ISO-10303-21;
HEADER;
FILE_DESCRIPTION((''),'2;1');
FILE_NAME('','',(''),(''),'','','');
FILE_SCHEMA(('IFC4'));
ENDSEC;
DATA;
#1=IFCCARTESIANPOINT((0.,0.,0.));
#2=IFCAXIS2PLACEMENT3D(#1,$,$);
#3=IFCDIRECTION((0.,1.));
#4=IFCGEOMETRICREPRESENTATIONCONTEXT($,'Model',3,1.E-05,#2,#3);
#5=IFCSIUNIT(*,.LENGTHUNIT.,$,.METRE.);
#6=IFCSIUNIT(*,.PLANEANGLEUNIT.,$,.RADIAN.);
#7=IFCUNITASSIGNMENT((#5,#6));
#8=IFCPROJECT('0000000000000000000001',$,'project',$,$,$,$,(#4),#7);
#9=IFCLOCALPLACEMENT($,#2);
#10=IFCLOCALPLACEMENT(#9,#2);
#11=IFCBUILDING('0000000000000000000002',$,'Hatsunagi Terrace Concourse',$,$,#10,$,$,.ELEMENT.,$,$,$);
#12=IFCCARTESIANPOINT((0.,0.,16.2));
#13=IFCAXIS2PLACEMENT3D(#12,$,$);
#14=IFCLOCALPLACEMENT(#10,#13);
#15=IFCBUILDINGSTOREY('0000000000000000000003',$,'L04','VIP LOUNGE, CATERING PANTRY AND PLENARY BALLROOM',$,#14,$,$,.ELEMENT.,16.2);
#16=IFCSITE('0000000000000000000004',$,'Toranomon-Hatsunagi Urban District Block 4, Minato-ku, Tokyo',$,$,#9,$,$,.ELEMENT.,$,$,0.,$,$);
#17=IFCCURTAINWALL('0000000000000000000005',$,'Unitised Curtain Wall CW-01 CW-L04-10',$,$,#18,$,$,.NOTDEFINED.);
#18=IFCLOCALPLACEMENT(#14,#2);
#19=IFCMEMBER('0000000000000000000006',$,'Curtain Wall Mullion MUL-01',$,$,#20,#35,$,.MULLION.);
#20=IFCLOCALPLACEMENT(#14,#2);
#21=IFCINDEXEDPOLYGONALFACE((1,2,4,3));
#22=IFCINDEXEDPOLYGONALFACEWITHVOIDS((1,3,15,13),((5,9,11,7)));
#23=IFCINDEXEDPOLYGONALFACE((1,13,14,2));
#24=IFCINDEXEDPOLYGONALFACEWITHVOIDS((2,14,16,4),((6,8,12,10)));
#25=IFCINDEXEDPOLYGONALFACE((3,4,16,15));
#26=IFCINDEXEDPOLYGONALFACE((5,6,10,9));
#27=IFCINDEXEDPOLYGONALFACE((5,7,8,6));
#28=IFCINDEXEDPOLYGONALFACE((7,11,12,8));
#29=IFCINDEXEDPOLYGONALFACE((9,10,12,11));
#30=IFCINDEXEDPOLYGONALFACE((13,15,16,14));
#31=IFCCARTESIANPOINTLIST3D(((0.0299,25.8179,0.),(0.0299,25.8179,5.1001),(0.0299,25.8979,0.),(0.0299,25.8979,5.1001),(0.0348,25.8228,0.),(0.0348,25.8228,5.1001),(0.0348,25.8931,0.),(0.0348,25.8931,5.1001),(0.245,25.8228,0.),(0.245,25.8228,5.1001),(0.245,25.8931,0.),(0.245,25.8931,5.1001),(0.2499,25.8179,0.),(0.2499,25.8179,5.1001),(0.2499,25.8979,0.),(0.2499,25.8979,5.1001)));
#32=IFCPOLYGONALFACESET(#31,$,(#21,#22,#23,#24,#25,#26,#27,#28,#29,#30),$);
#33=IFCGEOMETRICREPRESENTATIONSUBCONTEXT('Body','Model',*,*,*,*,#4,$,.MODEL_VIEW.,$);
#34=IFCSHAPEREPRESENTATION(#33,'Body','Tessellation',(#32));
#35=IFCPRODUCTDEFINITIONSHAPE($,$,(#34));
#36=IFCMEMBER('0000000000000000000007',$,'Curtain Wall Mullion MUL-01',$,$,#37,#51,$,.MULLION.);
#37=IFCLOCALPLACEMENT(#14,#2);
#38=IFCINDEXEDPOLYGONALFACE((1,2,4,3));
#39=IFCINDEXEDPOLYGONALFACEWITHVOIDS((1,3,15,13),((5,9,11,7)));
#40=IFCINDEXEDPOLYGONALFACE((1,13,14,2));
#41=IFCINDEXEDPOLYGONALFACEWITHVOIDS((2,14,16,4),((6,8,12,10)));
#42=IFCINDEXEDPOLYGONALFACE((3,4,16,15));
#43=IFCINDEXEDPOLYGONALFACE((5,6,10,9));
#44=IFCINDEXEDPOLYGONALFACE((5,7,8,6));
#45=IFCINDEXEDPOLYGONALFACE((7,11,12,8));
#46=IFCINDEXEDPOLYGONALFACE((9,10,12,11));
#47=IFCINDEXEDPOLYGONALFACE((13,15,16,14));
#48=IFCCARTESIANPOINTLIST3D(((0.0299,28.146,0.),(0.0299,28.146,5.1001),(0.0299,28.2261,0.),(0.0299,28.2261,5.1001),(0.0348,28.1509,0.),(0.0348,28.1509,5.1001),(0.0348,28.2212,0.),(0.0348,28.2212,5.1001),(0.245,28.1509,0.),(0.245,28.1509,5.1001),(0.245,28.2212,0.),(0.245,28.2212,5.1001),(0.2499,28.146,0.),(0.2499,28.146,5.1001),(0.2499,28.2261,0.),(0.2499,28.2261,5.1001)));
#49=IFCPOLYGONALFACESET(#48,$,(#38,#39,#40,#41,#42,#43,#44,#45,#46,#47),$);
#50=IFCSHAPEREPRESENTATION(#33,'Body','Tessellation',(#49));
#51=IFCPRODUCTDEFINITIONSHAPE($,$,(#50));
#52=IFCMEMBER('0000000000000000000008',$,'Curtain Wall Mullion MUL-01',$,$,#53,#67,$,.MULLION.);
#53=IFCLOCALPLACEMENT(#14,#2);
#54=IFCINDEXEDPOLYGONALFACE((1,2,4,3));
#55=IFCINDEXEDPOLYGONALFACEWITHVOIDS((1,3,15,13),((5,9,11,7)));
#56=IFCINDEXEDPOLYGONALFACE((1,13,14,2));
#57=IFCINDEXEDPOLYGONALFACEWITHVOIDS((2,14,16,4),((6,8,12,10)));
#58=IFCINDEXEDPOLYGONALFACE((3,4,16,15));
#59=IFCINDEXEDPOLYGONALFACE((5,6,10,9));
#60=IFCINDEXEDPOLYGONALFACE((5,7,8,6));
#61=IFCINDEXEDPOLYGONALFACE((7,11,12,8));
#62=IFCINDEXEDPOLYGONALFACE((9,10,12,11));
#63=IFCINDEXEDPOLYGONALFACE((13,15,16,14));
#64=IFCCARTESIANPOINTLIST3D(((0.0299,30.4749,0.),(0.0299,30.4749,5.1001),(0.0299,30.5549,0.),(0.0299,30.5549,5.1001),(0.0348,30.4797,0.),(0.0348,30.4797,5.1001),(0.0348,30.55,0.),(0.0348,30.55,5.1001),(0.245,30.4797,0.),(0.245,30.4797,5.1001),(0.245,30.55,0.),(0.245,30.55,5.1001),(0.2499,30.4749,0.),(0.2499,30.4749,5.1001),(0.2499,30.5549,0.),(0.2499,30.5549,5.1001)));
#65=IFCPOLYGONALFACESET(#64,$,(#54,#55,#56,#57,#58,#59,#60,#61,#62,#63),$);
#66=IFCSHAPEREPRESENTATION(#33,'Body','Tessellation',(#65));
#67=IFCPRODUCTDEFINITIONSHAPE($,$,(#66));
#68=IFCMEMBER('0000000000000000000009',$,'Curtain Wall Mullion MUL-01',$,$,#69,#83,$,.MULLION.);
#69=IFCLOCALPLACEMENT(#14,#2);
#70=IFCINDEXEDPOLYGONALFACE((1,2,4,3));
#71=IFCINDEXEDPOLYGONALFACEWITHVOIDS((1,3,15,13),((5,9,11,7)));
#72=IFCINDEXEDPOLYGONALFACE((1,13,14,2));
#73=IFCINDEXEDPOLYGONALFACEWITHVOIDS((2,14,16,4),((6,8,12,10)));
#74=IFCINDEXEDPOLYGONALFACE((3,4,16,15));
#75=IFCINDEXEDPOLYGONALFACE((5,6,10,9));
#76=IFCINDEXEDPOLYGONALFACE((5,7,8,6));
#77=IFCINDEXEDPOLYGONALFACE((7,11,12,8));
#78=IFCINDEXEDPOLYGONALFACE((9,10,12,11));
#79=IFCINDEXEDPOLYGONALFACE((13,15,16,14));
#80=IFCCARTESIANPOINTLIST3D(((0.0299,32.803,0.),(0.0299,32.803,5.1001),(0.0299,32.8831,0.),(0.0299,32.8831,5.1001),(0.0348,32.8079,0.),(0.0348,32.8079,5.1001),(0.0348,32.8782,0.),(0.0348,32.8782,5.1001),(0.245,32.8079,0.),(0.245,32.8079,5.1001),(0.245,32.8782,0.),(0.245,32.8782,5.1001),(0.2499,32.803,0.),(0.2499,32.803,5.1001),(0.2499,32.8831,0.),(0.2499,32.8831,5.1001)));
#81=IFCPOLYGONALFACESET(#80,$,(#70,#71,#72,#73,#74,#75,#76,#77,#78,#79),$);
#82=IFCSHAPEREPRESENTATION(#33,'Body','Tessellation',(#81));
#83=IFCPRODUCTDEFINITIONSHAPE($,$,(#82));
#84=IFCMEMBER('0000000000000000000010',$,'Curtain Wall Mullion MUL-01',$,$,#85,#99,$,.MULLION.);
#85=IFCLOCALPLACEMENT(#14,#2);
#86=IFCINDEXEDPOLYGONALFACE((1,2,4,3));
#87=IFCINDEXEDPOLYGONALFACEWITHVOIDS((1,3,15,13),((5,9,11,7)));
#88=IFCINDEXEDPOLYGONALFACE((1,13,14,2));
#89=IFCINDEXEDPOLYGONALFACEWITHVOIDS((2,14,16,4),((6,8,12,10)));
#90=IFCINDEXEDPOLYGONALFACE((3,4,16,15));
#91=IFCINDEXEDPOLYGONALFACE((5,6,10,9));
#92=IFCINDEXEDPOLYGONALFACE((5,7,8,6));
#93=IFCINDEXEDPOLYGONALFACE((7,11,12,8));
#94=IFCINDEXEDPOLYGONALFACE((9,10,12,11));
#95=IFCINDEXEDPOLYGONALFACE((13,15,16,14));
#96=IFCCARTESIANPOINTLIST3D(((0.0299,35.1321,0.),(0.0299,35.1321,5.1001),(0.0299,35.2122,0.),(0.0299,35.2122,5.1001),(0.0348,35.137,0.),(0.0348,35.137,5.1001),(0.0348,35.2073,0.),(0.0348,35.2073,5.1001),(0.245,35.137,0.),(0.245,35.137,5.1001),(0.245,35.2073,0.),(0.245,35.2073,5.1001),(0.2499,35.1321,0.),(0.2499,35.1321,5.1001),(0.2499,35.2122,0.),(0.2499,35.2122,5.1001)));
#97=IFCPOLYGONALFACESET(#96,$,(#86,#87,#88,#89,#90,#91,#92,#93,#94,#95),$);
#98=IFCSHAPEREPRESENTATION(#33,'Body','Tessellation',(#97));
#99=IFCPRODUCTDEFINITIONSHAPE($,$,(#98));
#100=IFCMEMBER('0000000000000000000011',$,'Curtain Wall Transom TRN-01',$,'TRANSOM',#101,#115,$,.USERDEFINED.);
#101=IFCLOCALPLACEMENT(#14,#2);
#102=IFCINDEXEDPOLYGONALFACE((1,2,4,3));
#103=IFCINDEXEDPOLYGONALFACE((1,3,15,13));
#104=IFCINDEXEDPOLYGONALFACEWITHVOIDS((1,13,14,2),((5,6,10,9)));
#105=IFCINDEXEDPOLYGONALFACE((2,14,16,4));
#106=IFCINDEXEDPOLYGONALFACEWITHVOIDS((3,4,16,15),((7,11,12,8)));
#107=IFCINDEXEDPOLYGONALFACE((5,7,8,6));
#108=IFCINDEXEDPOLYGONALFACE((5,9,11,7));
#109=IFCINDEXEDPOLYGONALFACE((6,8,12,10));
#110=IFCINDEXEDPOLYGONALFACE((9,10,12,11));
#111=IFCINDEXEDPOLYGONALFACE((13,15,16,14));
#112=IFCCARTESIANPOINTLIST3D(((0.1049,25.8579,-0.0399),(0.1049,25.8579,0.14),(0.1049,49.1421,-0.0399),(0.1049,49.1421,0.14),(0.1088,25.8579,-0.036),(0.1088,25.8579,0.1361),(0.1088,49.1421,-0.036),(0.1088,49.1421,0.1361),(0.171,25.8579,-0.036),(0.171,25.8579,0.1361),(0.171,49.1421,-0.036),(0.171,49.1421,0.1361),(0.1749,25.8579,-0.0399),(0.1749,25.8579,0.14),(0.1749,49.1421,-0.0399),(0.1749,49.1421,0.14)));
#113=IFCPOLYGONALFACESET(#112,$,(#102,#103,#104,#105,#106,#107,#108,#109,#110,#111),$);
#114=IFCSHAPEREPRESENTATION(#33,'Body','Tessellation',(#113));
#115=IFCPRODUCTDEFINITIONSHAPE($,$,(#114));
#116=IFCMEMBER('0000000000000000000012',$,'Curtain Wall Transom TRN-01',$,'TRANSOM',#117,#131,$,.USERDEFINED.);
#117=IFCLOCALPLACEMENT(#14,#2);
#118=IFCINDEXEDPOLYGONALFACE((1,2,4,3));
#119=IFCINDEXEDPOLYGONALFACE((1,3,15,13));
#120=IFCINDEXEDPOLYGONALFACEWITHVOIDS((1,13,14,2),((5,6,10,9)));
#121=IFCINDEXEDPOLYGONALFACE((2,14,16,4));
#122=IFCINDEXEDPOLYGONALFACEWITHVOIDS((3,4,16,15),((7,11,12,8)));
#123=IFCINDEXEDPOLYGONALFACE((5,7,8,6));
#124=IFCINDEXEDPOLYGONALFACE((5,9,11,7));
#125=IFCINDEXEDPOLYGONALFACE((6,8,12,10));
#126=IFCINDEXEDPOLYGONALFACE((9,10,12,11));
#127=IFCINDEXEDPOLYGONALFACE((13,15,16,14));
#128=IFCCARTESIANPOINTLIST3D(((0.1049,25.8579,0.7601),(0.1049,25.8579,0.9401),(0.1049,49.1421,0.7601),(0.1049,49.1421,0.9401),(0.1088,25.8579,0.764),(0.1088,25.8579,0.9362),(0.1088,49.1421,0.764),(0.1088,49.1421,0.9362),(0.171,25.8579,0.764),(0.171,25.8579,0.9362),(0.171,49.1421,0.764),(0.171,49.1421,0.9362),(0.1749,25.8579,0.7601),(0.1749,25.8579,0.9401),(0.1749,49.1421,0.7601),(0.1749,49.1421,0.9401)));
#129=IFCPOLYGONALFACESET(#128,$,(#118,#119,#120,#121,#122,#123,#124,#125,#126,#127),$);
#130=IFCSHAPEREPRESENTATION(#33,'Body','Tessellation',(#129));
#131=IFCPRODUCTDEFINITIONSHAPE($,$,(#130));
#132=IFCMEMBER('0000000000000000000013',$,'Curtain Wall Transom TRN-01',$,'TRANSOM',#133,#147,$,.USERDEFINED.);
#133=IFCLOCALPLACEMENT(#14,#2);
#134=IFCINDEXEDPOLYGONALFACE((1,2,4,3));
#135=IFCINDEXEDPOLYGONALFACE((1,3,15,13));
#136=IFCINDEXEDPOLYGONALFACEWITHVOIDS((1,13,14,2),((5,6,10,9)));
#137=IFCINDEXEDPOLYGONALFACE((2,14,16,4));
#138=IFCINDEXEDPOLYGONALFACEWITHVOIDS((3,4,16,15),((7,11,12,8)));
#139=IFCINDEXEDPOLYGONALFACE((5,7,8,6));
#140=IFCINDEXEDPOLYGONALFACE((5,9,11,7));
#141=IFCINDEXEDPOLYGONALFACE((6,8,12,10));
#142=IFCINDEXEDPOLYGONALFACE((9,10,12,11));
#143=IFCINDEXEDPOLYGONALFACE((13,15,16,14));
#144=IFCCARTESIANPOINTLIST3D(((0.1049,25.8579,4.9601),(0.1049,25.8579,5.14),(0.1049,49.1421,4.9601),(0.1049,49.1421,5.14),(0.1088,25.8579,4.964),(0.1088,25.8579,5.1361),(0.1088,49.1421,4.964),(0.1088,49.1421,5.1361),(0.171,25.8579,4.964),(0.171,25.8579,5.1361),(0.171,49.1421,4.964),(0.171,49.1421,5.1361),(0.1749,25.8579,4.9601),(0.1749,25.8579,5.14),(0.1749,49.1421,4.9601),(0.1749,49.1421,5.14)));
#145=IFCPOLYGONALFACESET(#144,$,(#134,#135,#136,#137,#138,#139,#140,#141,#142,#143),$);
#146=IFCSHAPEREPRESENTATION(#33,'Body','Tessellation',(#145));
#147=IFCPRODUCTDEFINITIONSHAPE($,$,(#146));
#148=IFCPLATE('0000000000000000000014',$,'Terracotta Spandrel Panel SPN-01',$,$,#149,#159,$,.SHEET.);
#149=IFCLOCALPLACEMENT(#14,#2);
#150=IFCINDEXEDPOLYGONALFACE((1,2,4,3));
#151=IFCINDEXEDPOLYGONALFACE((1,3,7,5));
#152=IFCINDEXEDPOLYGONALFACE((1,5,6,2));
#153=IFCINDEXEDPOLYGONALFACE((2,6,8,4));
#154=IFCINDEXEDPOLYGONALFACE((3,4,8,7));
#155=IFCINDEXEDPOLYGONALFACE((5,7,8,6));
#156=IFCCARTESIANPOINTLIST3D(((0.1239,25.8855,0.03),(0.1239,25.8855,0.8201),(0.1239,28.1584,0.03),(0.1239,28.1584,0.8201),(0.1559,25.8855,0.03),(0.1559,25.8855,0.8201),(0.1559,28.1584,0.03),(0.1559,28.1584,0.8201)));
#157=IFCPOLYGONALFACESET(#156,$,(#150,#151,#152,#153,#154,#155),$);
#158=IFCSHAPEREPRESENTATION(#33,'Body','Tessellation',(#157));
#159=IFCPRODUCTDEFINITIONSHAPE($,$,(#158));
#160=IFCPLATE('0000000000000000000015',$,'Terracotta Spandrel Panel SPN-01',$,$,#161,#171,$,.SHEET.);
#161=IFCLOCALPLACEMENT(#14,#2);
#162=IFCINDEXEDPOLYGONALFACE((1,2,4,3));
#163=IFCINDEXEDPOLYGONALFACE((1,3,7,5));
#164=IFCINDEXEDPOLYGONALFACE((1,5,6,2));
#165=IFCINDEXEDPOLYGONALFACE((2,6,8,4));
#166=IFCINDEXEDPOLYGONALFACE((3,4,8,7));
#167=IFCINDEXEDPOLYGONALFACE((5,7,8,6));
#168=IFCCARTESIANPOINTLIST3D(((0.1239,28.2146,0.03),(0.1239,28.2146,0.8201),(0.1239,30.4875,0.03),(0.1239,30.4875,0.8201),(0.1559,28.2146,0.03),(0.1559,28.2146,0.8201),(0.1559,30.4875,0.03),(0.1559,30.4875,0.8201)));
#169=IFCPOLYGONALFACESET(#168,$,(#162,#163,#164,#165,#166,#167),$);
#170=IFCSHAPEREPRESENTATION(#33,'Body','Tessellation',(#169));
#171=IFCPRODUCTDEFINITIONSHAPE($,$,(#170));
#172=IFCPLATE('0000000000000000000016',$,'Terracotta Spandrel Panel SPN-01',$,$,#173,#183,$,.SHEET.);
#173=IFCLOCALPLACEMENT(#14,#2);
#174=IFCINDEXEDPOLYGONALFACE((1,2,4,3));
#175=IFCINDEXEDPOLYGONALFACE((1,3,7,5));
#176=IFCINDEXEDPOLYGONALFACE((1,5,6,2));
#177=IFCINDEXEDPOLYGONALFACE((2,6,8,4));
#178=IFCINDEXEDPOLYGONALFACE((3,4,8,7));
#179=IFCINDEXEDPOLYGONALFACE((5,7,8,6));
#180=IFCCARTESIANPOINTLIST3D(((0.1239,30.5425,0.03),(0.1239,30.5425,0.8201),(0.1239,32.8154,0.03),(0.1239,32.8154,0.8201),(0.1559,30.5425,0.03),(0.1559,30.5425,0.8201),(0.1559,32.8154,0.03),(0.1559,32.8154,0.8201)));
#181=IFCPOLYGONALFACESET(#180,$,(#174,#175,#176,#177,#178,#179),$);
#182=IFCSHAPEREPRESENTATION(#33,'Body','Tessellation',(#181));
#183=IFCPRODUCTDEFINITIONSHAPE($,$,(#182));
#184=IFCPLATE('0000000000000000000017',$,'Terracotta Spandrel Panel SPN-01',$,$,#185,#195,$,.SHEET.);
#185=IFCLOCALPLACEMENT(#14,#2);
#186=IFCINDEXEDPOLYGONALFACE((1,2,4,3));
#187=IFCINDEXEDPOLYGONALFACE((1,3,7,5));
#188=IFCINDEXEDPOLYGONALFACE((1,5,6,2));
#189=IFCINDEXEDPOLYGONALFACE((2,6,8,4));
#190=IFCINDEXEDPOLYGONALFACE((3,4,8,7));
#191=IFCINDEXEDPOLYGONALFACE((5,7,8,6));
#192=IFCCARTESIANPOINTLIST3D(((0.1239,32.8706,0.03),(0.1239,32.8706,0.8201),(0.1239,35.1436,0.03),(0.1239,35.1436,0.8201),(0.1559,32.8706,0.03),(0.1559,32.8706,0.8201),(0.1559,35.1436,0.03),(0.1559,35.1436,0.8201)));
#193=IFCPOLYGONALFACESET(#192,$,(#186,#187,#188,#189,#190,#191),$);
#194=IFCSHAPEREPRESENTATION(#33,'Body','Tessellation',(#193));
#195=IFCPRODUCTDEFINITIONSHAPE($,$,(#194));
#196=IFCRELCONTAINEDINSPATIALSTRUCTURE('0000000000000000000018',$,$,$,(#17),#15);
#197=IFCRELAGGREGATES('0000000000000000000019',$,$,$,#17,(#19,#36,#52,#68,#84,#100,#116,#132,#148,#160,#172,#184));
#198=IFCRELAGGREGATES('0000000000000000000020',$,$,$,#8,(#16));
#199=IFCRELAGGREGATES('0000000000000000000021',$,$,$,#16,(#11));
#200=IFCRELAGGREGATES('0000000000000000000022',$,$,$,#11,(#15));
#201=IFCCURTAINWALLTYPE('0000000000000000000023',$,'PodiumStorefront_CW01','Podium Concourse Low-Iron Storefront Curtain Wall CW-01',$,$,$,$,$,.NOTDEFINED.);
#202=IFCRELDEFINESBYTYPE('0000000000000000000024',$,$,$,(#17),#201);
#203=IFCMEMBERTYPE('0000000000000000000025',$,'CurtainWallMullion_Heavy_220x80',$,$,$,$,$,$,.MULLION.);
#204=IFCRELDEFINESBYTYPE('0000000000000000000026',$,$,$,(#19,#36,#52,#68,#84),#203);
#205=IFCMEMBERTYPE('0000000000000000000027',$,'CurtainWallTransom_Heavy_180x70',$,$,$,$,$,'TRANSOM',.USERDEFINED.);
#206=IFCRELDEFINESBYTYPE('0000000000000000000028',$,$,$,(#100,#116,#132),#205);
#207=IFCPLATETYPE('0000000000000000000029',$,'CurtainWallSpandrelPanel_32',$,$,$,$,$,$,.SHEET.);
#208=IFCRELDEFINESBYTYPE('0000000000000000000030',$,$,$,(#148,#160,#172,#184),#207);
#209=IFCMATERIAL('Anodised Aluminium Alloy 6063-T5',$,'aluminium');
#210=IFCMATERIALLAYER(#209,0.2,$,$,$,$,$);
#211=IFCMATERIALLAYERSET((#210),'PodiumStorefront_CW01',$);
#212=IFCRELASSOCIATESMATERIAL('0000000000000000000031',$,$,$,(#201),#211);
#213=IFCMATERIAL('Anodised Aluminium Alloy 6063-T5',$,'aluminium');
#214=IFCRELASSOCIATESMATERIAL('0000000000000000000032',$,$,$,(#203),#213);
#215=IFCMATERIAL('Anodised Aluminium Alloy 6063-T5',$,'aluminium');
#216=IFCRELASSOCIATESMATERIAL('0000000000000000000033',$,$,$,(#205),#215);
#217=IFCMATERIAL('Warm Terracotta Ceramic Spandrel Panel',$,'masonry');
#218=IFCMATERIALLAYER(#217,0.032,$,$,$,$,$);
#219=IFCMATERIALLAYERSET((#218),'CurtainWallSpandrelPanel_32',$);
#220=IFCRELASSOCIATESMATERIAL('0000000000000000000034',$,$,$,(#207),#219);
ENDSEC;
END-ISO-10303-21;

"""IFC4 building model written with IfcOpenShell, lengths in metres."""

from ifc_helpers import new_model, si_unit, direction, frame, origin, origin_2d, place, context, subcontext, project, spatial, rectangle, hollow_rectangle, extrude, material, layer, layer_set, material_profile, profile_set, type_object, element, aggregate, save


model = new_model("IFC4")

# Units and contexts
model_context = context("Model", 3, precision=1e-05, world=origin(), true_north=direction((0.0, 1.0)))
body_context = subcontext(model_context, "Body", "Model", "MODEL_VIEW")
ifc_project = project(units=[si_unit("LENGTHUNIT", "METRE"), si_unit("PLANEANGLEUNIT", "RADIAN")], contexts=[model_context])

# Site, building, storey
site_placement = place(None, origin())
site = spatial("IfcSite", under=ifc_project, at=site_placement, Name="Toranomon-Hatsunagi Urban District Block 4, Minato-ku, Tokyo", CompositionType="ELEMENT", RefElevation=0.0)
building_placement = place(site_placement, origin())
building = spatial("IfcBuilding", under=site, at=building_placement, Name="Hatsunagi Terrace Concourse", CompositionType="ELEMENT")
storey_placement = place(building_placement, frame((0.0, 0.0, 16.2)))
storey = spatial("IfcBuildingStorey", under=building, at=storey_placement, Name="L04", Description="VIP LOUNGE, CATERING PANTRY AND PLENARY BALLROOM", CompositionType="ELEMENT", Elevation=16.2)

# Curtain wall, members, plates
ifc_material_1 = material(Name="Anodised Aluminium Alloy 6063-T5", Category="aluminium")
ifc_layer_1 = layer(ifc_material_1, 0.2)
ifc_layer_set_1 = layer_set([ifc_layer_1], Name="PodiumStorefront_CW01")
curtain_wall_type = type_object("IfcCurtainWallType", Name="PodiumStorefront_CW01", Description="Podium Concourse Low-Iron Storefront Curtain Wall CW-01", PredefinedType="NOTDEFINED", material=ifc_layer_set_1)
curtain_wall_placement = place(storey_placement, origin())
curtain_wall = element("IfcCurtainWall", 1, at=curtain_wall_placement, inside=storey, type_object=curtain_wall_type, Name="Unitised Curtain Wall CW-01 CW-L04-10", PredefinedType="NOTDEFINED")
ifc_material_2 = material(Name="Anodised Aluminium Alloy 6063-T5", Category="aluminium")
ifc_material_profile_1 = material_profile(ifc_material_2, hollow_rectangle(XDim=0.0801, YDim=0.22, WallThickness=0.0049, at=origin_2d()), Name="ALU-MUL-220x80x5")
ifc_profile_set_1 = profile_set([ifc_material_profile_1], Name="Anodised Aluminium Alloy 6063-T5")
member_type_1 = type_object("IfcMemberType", Name="CurtainWallMullion_Heavy_220x80", PredefinedType="MULLION", material=ifc_profile_set_1)
member_1_placement = place(storey_placement, frame((0.1399, 25.8579, 0.0), z_axis=(0.0, 0.0, 1.0), x_axis=(0.0, 1.0, 0.0)))
member_1 = element("IfcMember", 2, at=member_1_placement, type_object=member_type_1, Name="Curtain Wall Mullion MUL-01", PredefinedType="MULLION", context=body_context, shape_type="SweptSolid", body=[
    extrude(hollow_rectangle(XDim=0.0801, YDim=0.22, WallThickness=0.0049, at=origin_2d()), origin(), (0.0, 0.0, 1.0), 5.1001),
])
member_2_placement = place(storey_placement, frame((0.1399, 28.186, 0.0), z_axis=(0.0, 0.0, 1.0), x_axis=(0.0, 1.0, 0.0)))
member_2 = element("IfcMember", 3, at=member_2_placement, type_object=member_type_1, Name="Curtain Wall Mullion MUL-01", PredefinedType="MULLION", context=body_context, shape_type="SweptSolid", body=[
    extrude(hollow_rectangle(XDim=0.0801, YDim=0.22, WallThickness=0.0049, at=origin_2d()), origin(), (0.0, 0.0, 1.0), 5.1001),
])
member_3_placement = place(storey_placement, frame((0.1399, 30.5149, 0.0), z_axis=(0.0, 0.0, 1.0), x_axis=(0.0, 1.0, 0.0)))
member_3 = element("IfcMember", 4, at=member_3_placement, type_object=member_type_1, Name="Curtain Wall Mullion MUL-01", PredefinedType="MULLION", context=body_context, shape_type="SweptSolid", body=[
    extrude(hollow_rectangle(XDim=0.0801, YDim=0.22, WallThickness=0.0049, at=origin_2d()), origin(), (0.0, 0.0, 1.0), 5.1001),
])
member_4_placement = place(storey_placement, frame((0.1399, 32.843, 0.0), z_axis=(0.0, 0.0, 1.0), x_axis=(0.0, 1.0, 0.0)))
member_4 = element("IfcMember", 5, at=member_4_placement, type_object=member_type_1, Name="Curtain Wall Mullion MUL-01", PredefinedType="MULLION", context=body_context, shape_type="SweptSolid", body=[
    extrude(hollow_rectangle(XDim=0.0801, YDim=0.22, WallThickness=0.0049, at=origin_2d()), origin(), (0.0, 0.0, 1.0), 5.1001),
])
member_5_placement = place(storey_placement, frame((0.1399, 35.1721, 0.0), z_axis=(0.0, 0.0, 1.0), x_axis=(0.0, 1.0, 0.0)))
member_5 = element("IfcMember", 6, at=member_5_placement, type_object=member_type_1, Name="Curtain Wall Mullion MUL-01", PredefinedType="MULLION", context=body_context, shape_type="SweptSolid", body=[
    extrude(hollow_rectangle(XDim=0.0801, YDim=0.22, WallThickness=0.0049, at=origin_2d()), origin(), (0.0, 0.0, 1.0), 5.1001),
])
ifc_material_3 = material(Name="Anodised Aluminium Alloy 6063-T5", Category="aluminium")
ifc_material_profile_2 = material_profile(ifc_material_3, hollow_rectangle(XDim=0.0701, YDim=0.1799, WallThickness=0.0039, at=origin_2d()), Name="ALU-TRN-180x70x4")
ifc_profile_set_2 = profile_set([ifc_material_profile_2], Name="Anodised Aluminium Alloy 6063-T5")
member_type_2 = type_object("IfcMemberType", Name="CurtainWallTransom_Heavy_180x70", ElementType="TRANSOM", PredefinedType="USERDEFINED", material=ifc_profile_set_2)
member_6_placement = place(storey_placement, frame((0.1399, 25.8579, 0.05), z_axis=(0.0, 1.0, 0.0), x_axis=(-1.0, 0.0, 0.0)))
member_6 = element("IfcMember", 7, at=member_6_placement, type_object=member_type_2, Name="Curtain Wall Transom TRN-01", ObjectType="TRANSOM", PredefinedType="USERDEFINED", context=body_context, shape_type="SweptSolid", body=[
    extrude(hollow_rectangle(XDim=0.0701, YDim=0.1799, WallThickness=0.0039, at=origin_2d()), origin(), (0.0, 0.0, 1.0), 23.2842),
])
member_7_placement = place(storey_placement, frame((0.1399, 25.8579, 0.8501), z_axis=(0.0, 1.0, 0.0), x_axis=(-1.0, 0.0, 0.0)))
member_7 = element("IfcMember", 8, at=member_7_placement, type_object=member_type_2, Name="Curtain Wall Transom TRN-01", ObjectType="TRANSOM", PredefinedType="USERDEFINED", context=body_context, shape_type="SweptSolid", body=[
    extrude(hollow_rectangle(XDim=0.0701, YDim=0.1799, WallThickness=0.0039, at=origin_2d()), origin(), (0.0, 0.0, 1.0), 23.2842),
])
member_8_placement = place(storey_placement, frame((0.1399, 25.8579, 5.05), z_axis=(0.0, 1.0, 0.0), x_axis=(-1.0, 0.0, 0.0)))
member_8 = element("IfcMember", 9, at=member_8_placement, type_object=member_type_2, Name="Curtain Wall Transom TRN-01", ObjectType="TRANSOM", PredefinedType="USERDEFINED", context=body_context, shape_type="SweptSolid", body=[
    extrude(hollow_rectangle(XDim=0.0701, YDim=0.1799, WallThickness=0.0039, at=origin_2d()), origin(), (0.0, 0.0, 1.0), 23.2842),
])
ifc_material_4 = material(Name="Warm Terracotta Ceramic Spandrel Panel", Category="masonry")
ifc_layer_2 = layer(ifc_material_4, 0.032)
ifc_layer_set_2 = layer_set([ifc_layer_2], Name="CurtainWallSpandrelPanel_32")
plate_type_1 = type_object("IfcPlateType", Name="CurtainWallSpandrelPanel_32", PredefinedType="SHEET", material=ifc_layer_set_2)
plate_1_placement = place(storey_placement, frame((0.1399, 27.022, 0.03), z_axis=(0.0, 0.0, 1.0), x_axis=(0.0, 1.0, 0.0)))
plate_1 = element("IfcPlate", 10, at=plate_1_placement, type_object=plate_type_1, Name="Terracotta Spandrel Panel SPN-01", PredefinedType="SHEET", context=body_context, shape_type="SweptSolid", body=[
    extrude(rectangle(XDim=2.2729, YDim=0.032, at=origin_2d()), origin(), (0.0, 0.0, 1.0), 0.79),
])
plate_2_placement = place(storey_placement, frame((0.1399, 29.3511, 0.03), z_axis=(0.0, 0.0, 1.0), x_axis=(0.0, 1.0, 0.0)))
plate_2 = element("IfcPlate", 11, at=plate_2_placement, type_object=plate_type_1, Name="Terracotta Spandrel Panel SPN-01", PredefinedType="SHEET", context=body_context, shape_type="SweptSolid", body=[
    extrude(rectangle(XDim=2.2729, YDim=0.032, at=origin_2d()), origin(), (0.0, 0.0, 1.0), 0.79),
])
plate_3_placement = place(storey_placement, frame((0.1399, 31.679, 0.03), z_axis=(0.0, 0.0, 1.0), x_axis=(0.0, 1.0, 0.0)))
plate_3 = element("IfcPlate", 12, at=plate_3_placement, type_object=plate_type_1, Name="Terracotta Spandrel Panel SPN-01", PredefinedType="SHEET", context=body_context, shape_type="SweptSolid", body=[
    extrude(rectangle(XDim=2.2729, YDim=0.032, at=origin_2d()), origin(), (0.0, 0.0, 1.0), 0.79),
])
plate_4_placement = place(storey_placement, frame((0.1399, 34.0071, 0.03), z_axis=(0.0, 0.0, 1.0), x_axis=(0.0, 1.0, 0.0)))
plate_4 = element("IfcPlate", 13, at=plate_4_placement, type_object=plate_type_1, Name="Terracotta Spandrel Panel SPN-01", PredefinedType="SHEET", context=body_context, shape_type="SweptSolid", body=[
    extrude(rectangle(XDim=2.2729, YDim=0.032, at=origin_2d()), origin(), (0.0, 0.0, 1.0), 0.79),
])
aggregate(curtain_wall, [member_1, member_2, member_3, member_4, member_5, member_6, member_7, member_8, plate_1, plate_2, plate_3, plate_4])

save(model, "model.ifc")
